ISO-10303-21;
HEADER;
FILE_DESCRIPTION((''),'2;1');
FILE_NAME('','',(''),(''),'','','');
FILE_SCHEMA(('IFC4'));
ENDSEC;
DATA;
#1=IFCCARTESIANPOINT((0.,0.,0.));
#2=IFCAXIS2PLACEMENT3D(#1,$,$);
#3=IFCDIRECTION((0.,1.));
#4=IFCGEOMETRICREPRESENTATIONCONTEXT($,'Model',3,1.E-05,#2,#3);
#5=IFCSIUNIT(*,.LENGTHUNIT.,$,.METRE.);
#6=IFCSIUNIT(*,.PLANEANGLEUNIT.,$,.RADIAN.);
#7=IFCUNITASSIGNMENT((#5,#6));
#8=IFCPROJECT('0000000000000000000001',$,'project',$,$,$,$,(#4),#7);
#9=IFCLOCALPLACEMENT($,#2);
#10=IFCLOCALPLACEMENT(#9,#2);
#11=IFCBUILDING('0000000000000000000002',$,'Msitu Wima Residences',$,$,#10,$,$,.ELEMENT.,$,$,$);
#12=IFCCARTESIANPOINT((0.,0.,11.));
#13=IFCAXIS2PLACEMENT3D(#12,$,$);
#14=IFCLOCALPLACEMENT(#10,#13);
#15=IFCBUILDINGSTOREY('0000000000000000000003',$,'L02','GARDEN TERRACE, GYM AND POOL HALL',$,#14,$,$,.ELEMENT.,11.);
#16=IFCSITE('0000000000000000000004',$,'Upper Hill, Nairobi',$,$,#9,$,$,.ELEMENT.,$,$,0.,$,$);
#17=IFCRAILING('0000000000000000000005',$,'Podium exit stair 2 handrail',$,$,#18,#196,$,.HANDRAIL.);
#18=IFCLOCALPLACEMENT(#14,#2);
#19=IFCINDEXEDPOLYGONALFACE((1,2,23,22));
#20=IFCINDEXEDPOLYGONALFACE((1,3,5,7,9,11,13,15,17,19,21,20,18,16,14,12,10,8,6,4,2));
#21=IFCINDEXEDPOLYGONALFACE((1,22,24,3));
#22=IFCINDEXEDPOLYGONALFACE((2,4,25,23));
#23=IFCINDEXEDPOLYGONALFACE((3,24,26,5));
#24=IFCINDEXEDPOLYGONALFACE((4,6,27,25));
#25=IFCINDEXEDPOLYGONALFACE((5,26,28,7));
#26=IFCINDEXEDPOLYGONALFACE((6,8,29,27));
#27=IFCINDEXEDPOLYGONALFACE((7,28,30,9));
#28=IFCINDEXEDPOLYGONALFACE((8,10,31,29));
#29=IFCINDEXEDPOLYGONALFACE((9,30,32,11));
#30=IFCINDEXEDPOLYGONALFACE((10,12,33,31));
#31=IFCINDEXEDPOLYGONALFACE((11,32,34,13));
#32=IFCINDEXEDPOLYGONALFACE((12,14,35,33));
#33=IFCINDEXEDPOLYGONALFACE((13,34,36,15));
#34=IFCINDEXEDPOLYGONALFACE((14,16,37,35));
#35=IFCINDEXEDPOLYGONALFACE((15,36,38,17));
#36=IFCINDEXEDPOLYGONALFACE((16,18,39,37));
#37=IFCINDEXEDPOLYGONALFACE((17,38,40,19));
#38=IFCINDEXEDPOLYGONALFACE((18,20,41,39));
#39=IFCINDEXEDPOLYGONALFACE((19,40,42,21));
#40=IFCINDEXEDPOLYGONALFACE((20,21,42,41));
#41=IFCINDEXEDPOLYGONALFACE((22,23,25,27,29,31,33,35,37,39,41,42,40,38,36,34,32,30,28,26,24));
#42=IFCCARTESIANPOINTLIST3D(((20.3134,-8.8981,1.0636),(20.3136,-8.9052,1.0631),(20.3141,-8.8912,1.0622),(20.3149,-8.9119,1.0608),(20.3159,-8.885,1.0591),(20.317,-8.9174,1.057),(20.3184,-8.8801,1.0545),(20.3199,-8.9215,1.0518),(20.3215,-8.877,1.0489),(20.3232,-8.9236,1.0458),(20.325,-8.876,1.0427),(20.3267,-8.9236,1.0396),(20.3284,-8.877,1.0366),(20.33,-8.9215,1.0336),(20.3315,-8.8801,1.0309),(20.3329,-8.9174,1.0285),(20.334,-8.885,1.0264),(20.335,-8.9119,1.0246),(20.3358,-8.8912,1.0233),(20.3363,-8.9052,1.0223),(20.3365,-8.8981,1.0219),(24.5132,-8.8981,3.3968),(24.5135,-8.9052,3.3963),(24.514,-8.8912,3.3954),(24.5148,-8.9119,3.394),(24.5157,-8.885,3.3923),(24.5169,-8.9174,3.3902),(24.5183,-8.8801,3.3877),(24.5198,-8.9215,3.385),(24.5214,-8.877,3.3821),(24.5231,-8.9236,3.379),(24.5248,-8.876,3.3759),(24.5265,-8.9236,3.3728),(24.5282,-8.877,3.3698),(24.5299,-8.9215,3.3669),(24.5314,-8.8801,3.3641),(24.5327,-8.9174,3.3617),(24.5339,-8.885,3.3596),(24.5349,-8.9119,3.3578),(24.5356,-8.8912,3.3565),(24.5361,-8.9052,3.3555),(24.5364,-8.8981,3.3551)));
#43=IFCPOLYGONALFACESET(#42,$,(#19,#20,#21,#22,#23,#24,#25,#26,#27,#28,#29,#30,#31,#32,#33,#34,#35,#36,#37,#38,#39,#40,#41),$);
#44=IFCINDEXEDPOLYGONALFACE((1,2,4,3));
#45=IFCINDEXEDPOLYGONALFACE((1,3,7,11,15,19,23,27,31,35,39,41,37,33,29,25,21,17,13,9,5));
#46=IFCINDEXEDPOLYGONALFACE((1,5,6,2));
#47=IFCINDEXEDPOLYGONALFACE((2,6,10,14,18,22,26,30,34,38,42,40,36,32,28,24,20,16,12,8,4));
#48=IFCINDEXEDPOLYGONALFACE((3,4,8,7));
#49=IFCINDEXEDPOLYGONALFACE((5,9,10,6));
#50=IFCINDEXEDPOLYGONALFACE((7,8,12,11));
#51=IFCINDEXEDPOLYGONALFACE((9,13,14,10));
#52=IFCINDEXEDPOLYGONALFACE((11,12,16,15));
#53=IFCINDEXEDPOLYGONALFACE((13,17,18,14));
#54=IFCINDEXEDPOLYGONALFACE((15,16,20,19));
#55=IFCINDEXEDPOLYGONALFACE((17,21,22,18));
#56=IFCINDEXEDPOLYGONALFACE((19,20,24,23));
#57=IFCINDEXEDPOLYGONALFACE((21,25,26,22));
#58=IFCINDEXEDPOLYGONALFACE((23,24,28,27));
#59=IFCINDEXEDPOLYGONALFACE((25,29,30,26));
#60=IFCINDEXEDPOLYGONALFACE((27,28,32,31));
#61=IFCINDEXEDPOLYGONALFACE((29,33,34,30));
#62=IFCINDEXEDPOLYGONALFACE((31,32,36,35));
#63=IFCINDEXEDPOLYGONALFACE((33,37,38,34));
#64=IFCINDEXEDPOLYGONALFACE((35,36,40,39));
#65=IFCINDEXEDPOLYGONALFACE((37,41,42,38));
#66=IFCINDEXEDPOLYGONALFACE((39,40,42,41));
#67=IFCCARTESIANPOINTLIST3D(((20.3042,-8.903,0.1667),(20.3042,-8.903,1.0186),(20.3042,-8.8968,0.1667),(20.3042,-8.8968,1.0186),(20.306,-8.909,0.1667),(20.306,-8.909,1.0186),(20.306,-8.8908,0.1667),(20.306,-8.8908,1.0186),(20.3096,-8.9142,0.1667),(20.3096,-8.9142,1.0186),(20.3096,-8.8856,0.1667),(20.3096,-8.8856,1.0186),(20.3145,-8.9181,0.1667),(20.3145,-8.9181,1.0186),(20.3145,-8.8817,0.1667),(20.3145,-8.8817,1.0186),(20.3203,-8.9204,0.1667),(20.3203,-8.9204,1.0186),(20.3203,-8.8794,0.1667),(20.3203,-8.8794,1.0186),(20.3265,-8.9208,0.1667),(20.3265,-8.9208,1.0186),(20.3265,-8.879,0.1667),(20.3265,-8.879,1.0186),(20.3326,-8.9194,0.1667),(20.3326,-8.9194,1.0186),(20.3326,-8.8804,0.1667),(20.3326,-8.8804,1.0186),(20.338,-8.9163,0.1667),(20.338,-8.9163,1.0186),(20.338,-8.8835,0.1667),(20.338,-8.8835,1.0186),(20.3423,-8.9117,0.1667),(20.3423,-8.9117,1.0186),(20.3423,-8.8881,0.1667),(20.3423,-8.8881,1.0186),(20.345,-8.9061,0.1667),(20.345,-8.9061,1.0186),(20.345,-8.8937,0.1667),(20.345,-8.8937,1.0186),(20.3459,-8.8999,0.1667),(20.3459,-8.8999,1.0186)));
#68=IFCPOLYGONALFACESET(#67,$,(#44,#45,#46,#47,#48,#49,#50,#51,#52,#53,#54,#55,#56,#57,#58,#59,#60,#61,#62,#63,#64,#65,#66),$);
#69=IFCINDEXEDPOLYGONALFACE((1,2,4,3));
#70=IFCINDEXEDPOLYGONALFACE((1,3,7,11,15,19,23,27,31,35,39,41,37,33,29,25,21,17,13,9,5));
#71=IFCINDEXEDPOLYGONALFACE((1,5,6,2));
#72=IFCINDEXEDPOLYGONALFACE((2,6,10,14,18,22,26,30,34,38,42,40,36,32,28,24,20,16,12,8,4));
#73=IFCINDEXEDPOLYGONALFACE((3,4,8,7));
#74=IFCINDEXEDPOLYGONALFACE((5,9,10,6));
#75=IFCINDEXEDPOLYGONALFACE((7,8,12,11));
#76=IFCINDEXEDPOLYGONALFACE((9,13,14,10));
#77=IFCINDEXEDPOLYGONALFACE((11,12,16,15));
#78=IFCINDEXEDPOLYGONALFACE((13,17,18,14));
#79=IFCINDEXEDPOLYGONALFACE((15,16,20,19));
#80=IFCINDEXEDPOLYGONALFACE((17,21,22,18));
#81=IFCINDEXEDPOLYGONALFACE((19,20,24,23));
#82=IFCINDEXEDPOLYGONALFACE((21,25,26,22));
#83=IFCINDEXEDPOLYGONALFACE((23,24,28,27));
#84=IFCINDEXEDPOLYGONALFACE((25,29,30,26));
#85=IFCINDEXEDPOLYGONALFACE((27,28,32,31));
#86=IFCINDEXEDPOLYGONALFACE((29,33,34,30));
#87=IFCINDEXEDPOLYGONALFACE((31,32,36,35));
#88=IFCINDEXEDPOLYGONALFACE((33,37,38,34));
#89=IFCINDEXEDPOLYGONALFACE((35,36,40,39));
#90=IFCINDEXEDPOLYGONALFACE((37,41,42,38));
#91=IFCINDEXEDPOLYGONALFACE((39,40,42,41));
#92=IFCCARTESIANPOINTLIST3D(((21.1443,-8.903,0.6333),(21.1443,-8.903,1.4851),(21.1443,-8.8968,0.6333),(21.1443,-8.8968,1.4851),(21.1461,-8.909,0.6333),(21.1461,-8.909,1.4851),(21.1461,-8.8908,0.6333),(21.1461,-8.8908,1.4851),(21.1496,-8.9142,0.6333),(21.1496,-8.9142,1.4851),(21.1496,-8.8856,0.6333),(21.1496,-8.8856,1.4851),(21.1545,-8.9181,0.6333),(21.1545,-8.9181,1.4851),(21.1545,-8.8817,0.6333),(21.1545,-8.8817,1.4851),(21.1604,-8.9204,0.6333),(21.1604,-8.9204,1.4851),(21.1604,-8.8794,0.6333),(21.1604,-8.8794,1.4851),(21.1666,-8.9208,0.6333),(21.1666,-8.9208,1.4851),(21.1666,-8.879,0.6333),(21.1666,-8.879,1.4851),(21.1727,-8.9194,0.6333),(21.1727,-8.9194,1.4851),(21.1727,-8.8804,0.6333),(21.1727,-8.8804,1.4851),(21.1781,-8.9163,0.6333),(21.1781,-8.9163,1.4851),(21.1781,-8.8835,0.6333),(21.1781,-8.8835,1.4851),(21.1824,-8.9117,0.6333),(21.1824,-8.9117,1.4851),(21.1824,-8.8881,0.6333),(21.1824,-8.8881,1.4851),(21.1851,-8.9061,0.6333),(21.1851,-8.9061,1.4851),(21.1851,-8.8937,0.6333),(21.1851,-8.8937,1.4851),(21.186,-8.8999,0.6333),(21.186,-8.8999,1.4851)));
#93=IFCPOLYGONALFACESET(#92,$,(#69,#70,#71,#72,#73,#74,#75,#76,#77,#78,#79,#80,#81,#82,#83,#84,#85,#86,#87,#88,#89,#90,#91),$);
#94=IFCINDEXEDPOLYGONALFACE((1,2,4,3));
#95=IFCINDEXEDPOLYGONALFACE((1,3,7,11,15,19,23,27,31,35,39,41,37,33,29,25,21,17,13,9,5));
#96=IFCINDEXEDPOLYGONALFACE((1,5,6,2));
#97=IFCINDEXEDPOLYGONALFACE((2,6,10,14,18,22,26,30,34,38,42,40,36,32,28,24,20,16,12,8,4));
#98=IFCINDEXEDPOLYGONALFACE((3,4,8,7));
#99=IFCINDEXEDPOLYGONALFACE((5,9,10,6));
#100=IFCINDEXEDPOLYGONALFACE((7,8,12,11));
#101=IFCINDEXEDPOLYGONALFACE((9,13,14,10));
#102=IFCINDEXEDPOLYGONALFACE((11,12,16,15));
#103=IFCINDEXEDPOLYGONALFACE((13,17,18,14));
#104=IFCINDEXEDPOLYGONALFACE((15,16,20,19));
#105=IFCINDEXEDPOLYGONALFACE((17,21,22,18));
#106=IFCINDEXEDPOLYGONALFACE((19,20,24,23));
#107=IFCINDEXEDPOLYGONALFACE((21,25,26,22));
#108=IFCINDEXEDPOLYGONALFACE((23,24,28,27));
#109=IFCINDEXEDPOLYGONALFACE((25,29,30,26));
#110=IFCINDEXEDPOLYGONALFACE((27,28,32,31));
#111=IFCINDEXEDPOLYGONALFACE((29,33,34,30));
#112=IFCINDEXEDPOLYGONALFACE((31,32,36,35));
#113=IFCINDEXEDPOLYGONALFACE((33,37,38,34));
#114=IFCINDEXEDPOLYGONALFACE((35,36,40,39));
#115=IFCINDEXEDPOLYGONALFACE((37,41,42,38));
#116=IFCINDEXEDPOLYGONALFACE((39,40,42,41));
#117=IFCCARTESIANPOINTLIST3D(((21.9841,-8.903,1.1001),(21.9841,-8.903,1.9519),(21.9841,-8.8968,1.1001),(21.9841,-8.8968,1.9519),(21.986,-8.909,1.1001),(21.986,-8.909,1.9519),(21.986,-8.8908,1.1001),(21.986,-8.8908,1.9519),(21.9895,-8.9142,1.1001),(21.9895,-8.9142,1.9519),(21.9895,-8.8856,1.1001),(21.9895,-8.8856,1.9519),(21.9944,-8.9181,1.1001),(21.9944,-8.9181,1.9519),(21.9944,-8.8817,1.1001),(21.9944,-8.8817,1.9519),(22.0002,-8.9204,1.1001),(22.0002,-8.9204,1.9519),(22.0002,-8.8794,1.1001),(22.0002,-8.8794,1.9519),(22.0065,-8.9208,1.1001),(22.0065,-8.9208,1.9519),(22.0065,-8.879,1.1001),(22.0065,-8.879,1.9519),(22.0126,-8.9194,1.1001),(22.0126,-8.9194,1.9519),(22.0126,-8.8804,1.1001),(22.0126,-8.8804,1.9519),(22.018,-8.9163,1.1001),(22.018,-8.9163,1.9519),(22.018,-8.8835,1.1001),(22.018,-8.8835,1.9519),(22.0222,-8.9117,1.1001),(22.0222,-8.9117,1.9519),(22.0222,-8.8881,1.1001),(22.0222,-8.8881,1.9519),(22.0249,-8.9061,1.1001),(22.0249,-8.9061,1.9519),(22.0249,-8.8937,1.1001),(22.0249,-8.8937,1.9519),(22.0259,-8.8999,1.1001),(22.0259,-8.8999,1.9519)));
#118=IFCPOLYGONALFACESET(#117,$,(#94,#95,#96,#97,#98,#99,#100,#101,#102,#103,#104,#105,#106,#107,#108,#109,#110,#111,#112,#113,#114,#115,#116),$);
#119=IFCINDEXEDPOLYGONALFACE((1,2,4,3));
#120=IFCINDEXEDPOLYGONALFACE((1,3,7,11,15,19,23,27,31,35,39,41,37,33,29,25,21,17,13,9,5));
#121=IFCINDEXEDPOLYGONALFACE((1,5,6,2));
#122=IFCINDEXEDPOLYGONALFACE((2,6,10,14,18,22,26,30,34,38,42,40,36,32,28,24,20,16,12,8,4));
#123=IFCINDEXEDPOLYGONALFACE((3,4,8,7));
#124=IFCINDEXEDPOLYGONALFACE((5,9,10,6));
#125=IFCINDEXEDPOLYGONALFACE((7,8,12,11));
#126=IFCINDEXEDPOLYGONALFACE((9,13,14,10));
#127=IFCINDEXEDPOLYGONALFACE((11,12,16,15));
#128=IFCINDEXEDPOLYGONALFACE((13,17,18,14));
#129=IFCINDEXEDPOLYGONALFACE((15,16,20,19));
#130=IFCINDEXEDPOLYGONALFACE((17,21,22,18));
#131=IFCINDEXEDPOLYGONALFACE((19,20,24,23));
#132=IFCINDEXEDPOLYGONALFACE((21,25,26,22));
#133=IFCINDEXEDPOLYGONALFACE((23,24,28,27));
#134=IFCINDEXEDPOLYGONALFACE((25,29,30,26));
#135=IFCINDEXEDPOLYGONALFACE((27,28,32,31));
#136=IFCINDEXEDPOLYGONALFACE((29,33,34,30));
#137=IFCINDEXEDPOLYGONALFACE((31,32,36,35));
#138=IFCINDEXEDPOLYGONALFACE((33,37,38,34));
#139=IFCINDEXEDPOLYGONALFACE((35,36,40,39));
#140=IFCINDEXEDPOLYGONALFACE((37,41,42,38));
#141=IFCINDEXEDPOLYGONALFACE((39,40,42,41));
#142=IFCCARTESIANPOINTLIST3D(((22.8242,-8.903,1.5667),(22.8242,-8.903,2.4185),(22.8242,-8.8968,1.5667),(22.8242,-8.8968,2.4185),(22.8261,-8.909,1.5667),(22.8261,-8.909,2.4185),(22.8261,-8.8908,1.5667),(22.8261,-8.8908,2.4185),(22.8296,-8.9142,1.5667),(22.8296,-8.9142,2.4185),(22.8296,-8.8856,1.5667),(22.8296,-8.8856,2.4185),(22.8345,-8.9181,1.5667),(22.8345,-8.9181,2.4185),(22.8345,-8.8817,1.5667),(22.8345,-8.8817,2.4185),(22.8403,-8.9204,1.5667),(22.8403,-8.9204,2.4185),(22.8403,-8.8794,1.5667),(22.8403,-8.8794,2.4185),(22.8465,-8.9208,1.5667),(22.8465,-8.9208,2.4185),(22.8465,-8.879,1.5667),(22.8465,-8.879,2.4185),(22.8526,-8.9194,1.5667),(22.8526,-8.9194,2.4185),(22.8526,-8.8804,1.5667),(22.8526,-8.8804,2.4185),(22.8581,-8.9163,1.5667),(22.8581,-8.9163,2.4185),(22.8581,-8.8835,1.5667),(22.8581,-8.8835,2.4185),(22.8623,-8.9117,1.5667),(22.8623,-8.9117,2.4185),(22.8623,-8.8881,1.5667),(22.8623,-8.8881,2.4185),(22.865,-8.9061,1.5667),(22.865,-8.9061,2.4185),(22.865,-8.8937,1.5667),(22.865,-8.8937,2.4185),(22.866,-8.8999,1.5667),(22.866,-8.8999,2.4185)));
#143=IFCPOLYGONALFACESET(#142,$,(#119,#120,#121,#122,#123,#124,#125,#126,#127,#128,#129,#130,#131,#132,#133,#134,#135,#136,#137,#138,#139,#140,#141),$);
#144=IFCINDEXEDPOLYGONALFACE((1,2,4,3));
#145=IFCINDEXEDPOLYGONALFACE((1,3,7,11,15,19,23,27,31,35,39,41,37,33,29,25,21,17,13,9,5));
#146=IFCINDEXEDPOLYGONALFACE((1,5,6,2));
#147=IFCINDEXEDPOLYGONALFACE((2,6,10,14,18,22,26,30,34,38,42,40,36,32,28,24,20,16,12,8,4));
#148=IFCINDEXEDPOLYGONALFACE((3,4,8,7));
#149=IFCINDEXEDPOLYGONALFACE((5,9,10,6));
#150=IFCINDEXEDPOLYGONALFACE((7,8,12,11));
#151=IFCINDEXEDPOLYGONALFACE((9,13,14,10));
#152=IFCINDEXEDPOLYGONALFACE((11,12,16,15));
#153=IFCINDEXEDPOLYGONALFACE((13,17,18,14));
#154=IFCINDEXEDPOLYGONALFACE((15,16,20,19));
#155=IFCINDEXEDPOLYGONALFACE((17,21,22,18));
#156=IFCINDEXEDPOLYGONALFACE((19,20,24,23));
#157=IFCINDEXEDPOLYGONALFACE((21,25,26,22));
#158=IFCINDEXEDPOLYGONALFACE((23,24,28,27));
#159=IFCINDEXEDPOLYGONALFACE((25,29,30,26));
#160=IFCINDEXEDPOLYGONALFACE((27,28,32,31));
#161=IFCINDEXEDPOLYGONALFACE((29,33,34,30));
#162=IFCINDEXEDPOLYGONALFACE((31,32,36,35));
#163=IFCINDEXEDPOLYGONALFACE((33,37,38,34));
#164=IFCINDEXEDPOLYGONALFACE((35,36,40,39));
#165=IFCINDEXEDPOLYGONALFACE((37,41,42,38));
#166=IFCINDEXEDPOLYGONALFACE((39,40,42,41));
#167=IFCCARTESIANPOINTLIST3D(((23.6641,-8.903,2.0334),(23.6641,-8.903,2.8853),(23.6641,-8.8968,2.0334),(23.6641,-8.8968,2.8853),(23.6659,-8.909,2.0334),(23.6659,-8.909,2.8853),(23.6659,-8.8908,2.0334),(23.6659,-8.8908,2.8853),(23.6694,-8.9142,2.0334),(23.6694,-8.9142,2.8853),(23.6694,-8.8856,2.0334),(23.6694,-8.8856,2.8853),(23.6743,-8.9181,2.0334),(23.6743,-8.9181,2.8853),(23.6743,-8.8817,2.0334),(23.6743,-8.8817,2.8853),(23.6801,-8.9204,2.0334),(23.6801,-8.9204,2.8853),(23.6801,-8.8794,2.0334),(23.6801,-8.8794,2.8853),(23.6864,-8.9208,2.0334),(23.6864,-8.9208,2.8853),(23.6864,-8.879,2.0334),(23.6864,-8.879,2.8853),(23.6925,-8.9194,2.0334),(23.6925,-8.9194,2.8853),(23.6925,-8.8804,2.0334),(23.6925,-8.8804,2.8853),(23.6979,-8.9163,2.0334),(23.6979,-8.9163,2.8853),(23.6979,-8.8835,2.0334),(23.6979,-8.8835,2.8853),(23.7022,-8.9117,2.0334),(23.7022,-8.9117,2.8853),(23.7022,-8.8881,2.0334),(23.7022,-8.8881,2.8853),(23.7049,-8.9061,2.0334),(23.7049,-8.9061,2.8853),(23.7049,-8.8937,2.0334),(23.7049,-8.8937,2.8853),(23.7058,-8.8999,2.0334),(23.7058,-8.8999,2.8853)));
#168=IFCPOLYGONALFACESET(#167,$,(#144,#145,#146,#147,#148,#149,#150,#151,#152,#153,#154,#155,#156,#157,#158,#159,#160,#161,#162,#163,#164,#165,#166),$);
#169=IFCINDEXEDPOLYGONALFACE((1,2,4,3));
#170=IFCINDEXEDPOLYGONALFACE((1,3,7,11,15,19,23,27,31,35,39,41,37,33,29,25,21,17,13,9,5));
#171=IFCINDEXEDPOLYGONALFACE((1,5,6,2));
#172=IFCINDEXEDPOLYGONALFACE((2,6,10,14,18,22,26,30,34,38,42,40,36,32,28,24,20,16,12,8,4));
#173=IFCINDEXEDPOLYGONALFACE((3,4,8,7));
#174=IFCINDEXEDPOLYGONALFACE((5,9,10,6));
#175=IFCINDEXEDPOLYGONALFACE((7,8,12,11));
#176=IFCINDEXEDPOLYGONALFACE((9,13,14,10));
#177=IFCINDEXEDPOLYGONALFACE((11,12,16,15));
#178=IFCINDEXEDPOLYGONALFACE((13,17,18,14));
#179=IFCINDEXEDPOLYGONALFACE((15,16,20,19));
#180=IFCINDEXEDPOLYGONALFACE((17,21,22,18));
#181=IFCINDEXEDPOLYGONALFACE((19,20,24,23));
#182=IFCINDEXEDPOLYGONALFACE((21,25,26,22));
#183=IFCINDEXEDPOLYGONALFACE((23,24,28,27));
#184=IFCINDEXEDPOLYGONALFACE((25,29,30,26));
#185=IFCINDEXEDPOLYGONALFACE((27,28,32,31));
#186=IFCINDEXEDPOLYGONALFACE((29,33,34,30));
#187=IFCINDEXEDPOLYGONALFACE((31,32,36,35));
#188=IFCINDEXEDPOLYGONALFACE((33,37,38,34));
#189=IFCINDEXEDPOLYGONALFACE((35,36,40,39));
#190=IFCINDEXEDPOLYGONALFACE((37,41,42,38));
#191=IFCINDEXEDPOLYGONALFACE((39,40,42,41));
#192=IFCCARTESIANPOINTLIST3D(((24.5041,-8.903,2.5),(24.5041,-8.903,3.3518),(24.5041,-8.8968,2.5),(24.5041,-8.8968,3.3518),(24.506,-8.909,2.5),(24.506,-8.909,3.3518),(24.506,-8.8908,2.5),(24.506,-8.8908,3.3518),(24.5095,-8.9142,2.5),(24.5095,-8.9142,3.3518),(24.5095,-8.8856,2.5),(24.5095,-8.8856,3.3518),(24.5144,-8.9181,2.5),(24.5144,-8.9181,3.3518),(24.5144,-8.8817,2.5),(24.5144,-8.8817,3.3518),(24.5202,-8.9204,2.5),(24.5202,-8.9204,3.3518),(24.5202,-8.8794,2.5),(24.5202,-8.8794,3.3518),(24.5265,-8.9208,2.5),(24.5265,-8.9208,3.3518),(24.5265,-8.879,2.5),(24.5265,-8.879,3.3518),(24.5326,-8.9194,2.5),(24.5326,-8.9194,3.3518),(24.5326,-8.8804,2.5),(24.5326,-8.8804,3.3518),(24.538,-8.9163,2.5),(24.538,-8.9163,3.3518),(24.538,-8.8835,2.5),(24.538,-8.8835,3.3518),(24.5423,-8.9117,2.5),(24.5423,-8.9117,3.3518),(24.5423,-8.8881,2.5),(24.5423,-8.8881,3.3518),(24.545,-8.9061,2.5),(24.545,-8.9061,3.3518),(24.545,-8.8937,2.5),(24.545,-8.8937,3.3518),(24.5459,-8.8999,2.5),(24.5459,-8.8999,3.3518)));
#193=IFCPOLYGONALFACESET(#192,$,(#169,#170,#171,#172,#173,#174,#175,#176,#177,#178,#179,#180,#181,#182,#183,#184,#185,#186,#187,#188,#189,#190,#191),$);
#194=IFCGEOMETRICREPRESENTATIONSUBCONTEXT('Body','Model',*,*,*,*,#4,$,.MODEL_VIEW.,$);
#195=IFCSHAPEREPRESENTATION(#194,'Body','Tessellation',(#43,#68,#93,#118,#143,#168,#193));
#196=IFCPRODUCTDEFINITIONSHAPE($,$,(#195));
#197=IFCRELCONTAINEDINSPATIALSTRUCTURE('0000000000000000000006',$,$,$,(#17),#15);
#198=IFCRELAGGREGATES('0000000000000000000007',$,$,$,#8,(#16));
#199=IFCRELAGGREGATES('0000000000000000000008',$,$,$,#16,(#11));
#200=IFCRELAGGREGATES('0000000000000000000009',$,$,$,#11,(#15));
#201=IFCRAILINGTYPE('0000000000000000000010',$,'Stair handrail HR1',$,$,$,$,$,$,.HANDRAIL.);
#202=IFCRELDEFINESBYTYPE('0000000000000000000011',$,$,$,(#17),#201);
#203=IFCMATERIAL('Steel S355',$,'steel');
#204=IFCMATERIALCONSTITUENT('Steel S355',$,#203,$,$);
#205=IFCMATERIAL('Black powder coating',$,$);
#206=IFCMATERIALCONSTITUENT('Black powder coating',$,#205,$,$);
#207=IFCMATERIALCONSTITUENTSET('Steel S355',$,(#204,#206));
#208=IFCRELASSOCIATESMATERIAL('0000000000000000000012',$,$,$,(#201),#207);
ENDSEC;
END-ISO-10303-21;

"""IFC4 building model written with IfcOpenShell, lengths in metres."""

from ifc_helpers import new_model, si_unit, direction, frame, origin, origin_2d, place, context, subcontext, project, spatial, circle, extrude, material, constituent, constituent_set, type_object, element, save


model = new_model("IFC4")

# Units and contexts
model_context = context("Model", 3, precision=1e-05, world=origin(), true_north=direction((0.0, 1.0)))
body_context = subcontext(model_context, "Body", "Model", "MODEL_VIEW")
ifc_project = project(units=[si_unit("LENGTHUNIT", "METRE"), si_unit("PLANEANGLEUNIT", "RADIAN")], contexts=[model_context])

# Site, building, storey
site_placement = place(None, origin())
site = spatial("IfcSite", under=ifc_project, at=site_placement, Name="Upper Hill, Nairobi", CompositionType="ELEMENT", RefElevation=0.0)
building_placement = place(site_placement, origin())
building = spatial("IfcBuilding", under=site, at=building_placement, Name="Msitu Wima Residences", CompositionType="ELEMENT")
storey_placement = place(building_placement, frame((0.0, 0.0, 11.0)))
storey = spatial("IfcBuildingStorey", under=building, at=storey_placement, Name="L02", Description="GARDEN TERRACE, GYM AND POOL HALL", CompositionType="ELEMENT", Elevation=11.0)

# Railing
ifc_material_1 = material(Name="Steel S355", Category="steel")
ifc_constituent_1 = constituent(ifc_material_1, Name="Steel S355")
ifc_material_2 = material(Name="Black powder coating")
ifc_constituent_2 = constituent(ifc_material_2, Name="Black powder coating")
ifc_constituent_set = constituent_set(constituents=[ifc_constituent_1, ifc_constituent_2], Name="Steel S355")
railing_type = type_object("IfcRailingType", Name="Stair handrail HR1", PredefinedType="HANDRAIL", material=ifc_constituent_set)
for number, where, name in (
    (1, (20.325, -8.8999, 0.1667), "Podium exit stair 2 handrail"),
):
    element("IfcRailing", number, at=place(storey_placement, frame(where)), inside=storey, type_object=railing_type, Name=name, PredefinedType="HANDRAIL", context=body_context, shape_type="SweptSolid", body=[
        extrude(circle(Radius=0.0239, at=origin_2d()), frame((0.0, 0.0, 0.876), z_axis=(0.874162, 0.0, 0.485634), x_axis=(0.0, 1.0, 0.0)), (0.0, 0.0, 1.0), 4.8044),
        extrude(circle(Radius=0.021, at=origin_2d()), origin(), (0.0, 0.0, 1.0), 0.8518),
        extrude(circle(Radius=0.021, at=origin_2d()), frame((0.8401, 0.0, 0.4666)), (0.0, 0.0, 1.0), 0.8518),
        extrude(circle(Radius=0.021, at=origin_2d()), frame((1.6799, 0.0, 0.9333)), (0.0, 0.0, 1.0), 0.8518),
        extrude(circle(Radius=0.021, at=origin_2d()), frame((2.52, 0.0, 1.3999)), (0.0, 0.0, 1.0), 0.8518),
        extrude(circle(Radius=0.021, at=origin_2d()), frame((3.3599, 0.0, 1.8667)), (0.0, 0.0, 1.0), 0.8518),
        extrude(circle(Radius=0.021, at=origin_2d()), frame((4.2, 0.0, 2.3333)), (0.0, 0.0, 1.0), 0.8518),
    ])

save(model, "model.ifc")
